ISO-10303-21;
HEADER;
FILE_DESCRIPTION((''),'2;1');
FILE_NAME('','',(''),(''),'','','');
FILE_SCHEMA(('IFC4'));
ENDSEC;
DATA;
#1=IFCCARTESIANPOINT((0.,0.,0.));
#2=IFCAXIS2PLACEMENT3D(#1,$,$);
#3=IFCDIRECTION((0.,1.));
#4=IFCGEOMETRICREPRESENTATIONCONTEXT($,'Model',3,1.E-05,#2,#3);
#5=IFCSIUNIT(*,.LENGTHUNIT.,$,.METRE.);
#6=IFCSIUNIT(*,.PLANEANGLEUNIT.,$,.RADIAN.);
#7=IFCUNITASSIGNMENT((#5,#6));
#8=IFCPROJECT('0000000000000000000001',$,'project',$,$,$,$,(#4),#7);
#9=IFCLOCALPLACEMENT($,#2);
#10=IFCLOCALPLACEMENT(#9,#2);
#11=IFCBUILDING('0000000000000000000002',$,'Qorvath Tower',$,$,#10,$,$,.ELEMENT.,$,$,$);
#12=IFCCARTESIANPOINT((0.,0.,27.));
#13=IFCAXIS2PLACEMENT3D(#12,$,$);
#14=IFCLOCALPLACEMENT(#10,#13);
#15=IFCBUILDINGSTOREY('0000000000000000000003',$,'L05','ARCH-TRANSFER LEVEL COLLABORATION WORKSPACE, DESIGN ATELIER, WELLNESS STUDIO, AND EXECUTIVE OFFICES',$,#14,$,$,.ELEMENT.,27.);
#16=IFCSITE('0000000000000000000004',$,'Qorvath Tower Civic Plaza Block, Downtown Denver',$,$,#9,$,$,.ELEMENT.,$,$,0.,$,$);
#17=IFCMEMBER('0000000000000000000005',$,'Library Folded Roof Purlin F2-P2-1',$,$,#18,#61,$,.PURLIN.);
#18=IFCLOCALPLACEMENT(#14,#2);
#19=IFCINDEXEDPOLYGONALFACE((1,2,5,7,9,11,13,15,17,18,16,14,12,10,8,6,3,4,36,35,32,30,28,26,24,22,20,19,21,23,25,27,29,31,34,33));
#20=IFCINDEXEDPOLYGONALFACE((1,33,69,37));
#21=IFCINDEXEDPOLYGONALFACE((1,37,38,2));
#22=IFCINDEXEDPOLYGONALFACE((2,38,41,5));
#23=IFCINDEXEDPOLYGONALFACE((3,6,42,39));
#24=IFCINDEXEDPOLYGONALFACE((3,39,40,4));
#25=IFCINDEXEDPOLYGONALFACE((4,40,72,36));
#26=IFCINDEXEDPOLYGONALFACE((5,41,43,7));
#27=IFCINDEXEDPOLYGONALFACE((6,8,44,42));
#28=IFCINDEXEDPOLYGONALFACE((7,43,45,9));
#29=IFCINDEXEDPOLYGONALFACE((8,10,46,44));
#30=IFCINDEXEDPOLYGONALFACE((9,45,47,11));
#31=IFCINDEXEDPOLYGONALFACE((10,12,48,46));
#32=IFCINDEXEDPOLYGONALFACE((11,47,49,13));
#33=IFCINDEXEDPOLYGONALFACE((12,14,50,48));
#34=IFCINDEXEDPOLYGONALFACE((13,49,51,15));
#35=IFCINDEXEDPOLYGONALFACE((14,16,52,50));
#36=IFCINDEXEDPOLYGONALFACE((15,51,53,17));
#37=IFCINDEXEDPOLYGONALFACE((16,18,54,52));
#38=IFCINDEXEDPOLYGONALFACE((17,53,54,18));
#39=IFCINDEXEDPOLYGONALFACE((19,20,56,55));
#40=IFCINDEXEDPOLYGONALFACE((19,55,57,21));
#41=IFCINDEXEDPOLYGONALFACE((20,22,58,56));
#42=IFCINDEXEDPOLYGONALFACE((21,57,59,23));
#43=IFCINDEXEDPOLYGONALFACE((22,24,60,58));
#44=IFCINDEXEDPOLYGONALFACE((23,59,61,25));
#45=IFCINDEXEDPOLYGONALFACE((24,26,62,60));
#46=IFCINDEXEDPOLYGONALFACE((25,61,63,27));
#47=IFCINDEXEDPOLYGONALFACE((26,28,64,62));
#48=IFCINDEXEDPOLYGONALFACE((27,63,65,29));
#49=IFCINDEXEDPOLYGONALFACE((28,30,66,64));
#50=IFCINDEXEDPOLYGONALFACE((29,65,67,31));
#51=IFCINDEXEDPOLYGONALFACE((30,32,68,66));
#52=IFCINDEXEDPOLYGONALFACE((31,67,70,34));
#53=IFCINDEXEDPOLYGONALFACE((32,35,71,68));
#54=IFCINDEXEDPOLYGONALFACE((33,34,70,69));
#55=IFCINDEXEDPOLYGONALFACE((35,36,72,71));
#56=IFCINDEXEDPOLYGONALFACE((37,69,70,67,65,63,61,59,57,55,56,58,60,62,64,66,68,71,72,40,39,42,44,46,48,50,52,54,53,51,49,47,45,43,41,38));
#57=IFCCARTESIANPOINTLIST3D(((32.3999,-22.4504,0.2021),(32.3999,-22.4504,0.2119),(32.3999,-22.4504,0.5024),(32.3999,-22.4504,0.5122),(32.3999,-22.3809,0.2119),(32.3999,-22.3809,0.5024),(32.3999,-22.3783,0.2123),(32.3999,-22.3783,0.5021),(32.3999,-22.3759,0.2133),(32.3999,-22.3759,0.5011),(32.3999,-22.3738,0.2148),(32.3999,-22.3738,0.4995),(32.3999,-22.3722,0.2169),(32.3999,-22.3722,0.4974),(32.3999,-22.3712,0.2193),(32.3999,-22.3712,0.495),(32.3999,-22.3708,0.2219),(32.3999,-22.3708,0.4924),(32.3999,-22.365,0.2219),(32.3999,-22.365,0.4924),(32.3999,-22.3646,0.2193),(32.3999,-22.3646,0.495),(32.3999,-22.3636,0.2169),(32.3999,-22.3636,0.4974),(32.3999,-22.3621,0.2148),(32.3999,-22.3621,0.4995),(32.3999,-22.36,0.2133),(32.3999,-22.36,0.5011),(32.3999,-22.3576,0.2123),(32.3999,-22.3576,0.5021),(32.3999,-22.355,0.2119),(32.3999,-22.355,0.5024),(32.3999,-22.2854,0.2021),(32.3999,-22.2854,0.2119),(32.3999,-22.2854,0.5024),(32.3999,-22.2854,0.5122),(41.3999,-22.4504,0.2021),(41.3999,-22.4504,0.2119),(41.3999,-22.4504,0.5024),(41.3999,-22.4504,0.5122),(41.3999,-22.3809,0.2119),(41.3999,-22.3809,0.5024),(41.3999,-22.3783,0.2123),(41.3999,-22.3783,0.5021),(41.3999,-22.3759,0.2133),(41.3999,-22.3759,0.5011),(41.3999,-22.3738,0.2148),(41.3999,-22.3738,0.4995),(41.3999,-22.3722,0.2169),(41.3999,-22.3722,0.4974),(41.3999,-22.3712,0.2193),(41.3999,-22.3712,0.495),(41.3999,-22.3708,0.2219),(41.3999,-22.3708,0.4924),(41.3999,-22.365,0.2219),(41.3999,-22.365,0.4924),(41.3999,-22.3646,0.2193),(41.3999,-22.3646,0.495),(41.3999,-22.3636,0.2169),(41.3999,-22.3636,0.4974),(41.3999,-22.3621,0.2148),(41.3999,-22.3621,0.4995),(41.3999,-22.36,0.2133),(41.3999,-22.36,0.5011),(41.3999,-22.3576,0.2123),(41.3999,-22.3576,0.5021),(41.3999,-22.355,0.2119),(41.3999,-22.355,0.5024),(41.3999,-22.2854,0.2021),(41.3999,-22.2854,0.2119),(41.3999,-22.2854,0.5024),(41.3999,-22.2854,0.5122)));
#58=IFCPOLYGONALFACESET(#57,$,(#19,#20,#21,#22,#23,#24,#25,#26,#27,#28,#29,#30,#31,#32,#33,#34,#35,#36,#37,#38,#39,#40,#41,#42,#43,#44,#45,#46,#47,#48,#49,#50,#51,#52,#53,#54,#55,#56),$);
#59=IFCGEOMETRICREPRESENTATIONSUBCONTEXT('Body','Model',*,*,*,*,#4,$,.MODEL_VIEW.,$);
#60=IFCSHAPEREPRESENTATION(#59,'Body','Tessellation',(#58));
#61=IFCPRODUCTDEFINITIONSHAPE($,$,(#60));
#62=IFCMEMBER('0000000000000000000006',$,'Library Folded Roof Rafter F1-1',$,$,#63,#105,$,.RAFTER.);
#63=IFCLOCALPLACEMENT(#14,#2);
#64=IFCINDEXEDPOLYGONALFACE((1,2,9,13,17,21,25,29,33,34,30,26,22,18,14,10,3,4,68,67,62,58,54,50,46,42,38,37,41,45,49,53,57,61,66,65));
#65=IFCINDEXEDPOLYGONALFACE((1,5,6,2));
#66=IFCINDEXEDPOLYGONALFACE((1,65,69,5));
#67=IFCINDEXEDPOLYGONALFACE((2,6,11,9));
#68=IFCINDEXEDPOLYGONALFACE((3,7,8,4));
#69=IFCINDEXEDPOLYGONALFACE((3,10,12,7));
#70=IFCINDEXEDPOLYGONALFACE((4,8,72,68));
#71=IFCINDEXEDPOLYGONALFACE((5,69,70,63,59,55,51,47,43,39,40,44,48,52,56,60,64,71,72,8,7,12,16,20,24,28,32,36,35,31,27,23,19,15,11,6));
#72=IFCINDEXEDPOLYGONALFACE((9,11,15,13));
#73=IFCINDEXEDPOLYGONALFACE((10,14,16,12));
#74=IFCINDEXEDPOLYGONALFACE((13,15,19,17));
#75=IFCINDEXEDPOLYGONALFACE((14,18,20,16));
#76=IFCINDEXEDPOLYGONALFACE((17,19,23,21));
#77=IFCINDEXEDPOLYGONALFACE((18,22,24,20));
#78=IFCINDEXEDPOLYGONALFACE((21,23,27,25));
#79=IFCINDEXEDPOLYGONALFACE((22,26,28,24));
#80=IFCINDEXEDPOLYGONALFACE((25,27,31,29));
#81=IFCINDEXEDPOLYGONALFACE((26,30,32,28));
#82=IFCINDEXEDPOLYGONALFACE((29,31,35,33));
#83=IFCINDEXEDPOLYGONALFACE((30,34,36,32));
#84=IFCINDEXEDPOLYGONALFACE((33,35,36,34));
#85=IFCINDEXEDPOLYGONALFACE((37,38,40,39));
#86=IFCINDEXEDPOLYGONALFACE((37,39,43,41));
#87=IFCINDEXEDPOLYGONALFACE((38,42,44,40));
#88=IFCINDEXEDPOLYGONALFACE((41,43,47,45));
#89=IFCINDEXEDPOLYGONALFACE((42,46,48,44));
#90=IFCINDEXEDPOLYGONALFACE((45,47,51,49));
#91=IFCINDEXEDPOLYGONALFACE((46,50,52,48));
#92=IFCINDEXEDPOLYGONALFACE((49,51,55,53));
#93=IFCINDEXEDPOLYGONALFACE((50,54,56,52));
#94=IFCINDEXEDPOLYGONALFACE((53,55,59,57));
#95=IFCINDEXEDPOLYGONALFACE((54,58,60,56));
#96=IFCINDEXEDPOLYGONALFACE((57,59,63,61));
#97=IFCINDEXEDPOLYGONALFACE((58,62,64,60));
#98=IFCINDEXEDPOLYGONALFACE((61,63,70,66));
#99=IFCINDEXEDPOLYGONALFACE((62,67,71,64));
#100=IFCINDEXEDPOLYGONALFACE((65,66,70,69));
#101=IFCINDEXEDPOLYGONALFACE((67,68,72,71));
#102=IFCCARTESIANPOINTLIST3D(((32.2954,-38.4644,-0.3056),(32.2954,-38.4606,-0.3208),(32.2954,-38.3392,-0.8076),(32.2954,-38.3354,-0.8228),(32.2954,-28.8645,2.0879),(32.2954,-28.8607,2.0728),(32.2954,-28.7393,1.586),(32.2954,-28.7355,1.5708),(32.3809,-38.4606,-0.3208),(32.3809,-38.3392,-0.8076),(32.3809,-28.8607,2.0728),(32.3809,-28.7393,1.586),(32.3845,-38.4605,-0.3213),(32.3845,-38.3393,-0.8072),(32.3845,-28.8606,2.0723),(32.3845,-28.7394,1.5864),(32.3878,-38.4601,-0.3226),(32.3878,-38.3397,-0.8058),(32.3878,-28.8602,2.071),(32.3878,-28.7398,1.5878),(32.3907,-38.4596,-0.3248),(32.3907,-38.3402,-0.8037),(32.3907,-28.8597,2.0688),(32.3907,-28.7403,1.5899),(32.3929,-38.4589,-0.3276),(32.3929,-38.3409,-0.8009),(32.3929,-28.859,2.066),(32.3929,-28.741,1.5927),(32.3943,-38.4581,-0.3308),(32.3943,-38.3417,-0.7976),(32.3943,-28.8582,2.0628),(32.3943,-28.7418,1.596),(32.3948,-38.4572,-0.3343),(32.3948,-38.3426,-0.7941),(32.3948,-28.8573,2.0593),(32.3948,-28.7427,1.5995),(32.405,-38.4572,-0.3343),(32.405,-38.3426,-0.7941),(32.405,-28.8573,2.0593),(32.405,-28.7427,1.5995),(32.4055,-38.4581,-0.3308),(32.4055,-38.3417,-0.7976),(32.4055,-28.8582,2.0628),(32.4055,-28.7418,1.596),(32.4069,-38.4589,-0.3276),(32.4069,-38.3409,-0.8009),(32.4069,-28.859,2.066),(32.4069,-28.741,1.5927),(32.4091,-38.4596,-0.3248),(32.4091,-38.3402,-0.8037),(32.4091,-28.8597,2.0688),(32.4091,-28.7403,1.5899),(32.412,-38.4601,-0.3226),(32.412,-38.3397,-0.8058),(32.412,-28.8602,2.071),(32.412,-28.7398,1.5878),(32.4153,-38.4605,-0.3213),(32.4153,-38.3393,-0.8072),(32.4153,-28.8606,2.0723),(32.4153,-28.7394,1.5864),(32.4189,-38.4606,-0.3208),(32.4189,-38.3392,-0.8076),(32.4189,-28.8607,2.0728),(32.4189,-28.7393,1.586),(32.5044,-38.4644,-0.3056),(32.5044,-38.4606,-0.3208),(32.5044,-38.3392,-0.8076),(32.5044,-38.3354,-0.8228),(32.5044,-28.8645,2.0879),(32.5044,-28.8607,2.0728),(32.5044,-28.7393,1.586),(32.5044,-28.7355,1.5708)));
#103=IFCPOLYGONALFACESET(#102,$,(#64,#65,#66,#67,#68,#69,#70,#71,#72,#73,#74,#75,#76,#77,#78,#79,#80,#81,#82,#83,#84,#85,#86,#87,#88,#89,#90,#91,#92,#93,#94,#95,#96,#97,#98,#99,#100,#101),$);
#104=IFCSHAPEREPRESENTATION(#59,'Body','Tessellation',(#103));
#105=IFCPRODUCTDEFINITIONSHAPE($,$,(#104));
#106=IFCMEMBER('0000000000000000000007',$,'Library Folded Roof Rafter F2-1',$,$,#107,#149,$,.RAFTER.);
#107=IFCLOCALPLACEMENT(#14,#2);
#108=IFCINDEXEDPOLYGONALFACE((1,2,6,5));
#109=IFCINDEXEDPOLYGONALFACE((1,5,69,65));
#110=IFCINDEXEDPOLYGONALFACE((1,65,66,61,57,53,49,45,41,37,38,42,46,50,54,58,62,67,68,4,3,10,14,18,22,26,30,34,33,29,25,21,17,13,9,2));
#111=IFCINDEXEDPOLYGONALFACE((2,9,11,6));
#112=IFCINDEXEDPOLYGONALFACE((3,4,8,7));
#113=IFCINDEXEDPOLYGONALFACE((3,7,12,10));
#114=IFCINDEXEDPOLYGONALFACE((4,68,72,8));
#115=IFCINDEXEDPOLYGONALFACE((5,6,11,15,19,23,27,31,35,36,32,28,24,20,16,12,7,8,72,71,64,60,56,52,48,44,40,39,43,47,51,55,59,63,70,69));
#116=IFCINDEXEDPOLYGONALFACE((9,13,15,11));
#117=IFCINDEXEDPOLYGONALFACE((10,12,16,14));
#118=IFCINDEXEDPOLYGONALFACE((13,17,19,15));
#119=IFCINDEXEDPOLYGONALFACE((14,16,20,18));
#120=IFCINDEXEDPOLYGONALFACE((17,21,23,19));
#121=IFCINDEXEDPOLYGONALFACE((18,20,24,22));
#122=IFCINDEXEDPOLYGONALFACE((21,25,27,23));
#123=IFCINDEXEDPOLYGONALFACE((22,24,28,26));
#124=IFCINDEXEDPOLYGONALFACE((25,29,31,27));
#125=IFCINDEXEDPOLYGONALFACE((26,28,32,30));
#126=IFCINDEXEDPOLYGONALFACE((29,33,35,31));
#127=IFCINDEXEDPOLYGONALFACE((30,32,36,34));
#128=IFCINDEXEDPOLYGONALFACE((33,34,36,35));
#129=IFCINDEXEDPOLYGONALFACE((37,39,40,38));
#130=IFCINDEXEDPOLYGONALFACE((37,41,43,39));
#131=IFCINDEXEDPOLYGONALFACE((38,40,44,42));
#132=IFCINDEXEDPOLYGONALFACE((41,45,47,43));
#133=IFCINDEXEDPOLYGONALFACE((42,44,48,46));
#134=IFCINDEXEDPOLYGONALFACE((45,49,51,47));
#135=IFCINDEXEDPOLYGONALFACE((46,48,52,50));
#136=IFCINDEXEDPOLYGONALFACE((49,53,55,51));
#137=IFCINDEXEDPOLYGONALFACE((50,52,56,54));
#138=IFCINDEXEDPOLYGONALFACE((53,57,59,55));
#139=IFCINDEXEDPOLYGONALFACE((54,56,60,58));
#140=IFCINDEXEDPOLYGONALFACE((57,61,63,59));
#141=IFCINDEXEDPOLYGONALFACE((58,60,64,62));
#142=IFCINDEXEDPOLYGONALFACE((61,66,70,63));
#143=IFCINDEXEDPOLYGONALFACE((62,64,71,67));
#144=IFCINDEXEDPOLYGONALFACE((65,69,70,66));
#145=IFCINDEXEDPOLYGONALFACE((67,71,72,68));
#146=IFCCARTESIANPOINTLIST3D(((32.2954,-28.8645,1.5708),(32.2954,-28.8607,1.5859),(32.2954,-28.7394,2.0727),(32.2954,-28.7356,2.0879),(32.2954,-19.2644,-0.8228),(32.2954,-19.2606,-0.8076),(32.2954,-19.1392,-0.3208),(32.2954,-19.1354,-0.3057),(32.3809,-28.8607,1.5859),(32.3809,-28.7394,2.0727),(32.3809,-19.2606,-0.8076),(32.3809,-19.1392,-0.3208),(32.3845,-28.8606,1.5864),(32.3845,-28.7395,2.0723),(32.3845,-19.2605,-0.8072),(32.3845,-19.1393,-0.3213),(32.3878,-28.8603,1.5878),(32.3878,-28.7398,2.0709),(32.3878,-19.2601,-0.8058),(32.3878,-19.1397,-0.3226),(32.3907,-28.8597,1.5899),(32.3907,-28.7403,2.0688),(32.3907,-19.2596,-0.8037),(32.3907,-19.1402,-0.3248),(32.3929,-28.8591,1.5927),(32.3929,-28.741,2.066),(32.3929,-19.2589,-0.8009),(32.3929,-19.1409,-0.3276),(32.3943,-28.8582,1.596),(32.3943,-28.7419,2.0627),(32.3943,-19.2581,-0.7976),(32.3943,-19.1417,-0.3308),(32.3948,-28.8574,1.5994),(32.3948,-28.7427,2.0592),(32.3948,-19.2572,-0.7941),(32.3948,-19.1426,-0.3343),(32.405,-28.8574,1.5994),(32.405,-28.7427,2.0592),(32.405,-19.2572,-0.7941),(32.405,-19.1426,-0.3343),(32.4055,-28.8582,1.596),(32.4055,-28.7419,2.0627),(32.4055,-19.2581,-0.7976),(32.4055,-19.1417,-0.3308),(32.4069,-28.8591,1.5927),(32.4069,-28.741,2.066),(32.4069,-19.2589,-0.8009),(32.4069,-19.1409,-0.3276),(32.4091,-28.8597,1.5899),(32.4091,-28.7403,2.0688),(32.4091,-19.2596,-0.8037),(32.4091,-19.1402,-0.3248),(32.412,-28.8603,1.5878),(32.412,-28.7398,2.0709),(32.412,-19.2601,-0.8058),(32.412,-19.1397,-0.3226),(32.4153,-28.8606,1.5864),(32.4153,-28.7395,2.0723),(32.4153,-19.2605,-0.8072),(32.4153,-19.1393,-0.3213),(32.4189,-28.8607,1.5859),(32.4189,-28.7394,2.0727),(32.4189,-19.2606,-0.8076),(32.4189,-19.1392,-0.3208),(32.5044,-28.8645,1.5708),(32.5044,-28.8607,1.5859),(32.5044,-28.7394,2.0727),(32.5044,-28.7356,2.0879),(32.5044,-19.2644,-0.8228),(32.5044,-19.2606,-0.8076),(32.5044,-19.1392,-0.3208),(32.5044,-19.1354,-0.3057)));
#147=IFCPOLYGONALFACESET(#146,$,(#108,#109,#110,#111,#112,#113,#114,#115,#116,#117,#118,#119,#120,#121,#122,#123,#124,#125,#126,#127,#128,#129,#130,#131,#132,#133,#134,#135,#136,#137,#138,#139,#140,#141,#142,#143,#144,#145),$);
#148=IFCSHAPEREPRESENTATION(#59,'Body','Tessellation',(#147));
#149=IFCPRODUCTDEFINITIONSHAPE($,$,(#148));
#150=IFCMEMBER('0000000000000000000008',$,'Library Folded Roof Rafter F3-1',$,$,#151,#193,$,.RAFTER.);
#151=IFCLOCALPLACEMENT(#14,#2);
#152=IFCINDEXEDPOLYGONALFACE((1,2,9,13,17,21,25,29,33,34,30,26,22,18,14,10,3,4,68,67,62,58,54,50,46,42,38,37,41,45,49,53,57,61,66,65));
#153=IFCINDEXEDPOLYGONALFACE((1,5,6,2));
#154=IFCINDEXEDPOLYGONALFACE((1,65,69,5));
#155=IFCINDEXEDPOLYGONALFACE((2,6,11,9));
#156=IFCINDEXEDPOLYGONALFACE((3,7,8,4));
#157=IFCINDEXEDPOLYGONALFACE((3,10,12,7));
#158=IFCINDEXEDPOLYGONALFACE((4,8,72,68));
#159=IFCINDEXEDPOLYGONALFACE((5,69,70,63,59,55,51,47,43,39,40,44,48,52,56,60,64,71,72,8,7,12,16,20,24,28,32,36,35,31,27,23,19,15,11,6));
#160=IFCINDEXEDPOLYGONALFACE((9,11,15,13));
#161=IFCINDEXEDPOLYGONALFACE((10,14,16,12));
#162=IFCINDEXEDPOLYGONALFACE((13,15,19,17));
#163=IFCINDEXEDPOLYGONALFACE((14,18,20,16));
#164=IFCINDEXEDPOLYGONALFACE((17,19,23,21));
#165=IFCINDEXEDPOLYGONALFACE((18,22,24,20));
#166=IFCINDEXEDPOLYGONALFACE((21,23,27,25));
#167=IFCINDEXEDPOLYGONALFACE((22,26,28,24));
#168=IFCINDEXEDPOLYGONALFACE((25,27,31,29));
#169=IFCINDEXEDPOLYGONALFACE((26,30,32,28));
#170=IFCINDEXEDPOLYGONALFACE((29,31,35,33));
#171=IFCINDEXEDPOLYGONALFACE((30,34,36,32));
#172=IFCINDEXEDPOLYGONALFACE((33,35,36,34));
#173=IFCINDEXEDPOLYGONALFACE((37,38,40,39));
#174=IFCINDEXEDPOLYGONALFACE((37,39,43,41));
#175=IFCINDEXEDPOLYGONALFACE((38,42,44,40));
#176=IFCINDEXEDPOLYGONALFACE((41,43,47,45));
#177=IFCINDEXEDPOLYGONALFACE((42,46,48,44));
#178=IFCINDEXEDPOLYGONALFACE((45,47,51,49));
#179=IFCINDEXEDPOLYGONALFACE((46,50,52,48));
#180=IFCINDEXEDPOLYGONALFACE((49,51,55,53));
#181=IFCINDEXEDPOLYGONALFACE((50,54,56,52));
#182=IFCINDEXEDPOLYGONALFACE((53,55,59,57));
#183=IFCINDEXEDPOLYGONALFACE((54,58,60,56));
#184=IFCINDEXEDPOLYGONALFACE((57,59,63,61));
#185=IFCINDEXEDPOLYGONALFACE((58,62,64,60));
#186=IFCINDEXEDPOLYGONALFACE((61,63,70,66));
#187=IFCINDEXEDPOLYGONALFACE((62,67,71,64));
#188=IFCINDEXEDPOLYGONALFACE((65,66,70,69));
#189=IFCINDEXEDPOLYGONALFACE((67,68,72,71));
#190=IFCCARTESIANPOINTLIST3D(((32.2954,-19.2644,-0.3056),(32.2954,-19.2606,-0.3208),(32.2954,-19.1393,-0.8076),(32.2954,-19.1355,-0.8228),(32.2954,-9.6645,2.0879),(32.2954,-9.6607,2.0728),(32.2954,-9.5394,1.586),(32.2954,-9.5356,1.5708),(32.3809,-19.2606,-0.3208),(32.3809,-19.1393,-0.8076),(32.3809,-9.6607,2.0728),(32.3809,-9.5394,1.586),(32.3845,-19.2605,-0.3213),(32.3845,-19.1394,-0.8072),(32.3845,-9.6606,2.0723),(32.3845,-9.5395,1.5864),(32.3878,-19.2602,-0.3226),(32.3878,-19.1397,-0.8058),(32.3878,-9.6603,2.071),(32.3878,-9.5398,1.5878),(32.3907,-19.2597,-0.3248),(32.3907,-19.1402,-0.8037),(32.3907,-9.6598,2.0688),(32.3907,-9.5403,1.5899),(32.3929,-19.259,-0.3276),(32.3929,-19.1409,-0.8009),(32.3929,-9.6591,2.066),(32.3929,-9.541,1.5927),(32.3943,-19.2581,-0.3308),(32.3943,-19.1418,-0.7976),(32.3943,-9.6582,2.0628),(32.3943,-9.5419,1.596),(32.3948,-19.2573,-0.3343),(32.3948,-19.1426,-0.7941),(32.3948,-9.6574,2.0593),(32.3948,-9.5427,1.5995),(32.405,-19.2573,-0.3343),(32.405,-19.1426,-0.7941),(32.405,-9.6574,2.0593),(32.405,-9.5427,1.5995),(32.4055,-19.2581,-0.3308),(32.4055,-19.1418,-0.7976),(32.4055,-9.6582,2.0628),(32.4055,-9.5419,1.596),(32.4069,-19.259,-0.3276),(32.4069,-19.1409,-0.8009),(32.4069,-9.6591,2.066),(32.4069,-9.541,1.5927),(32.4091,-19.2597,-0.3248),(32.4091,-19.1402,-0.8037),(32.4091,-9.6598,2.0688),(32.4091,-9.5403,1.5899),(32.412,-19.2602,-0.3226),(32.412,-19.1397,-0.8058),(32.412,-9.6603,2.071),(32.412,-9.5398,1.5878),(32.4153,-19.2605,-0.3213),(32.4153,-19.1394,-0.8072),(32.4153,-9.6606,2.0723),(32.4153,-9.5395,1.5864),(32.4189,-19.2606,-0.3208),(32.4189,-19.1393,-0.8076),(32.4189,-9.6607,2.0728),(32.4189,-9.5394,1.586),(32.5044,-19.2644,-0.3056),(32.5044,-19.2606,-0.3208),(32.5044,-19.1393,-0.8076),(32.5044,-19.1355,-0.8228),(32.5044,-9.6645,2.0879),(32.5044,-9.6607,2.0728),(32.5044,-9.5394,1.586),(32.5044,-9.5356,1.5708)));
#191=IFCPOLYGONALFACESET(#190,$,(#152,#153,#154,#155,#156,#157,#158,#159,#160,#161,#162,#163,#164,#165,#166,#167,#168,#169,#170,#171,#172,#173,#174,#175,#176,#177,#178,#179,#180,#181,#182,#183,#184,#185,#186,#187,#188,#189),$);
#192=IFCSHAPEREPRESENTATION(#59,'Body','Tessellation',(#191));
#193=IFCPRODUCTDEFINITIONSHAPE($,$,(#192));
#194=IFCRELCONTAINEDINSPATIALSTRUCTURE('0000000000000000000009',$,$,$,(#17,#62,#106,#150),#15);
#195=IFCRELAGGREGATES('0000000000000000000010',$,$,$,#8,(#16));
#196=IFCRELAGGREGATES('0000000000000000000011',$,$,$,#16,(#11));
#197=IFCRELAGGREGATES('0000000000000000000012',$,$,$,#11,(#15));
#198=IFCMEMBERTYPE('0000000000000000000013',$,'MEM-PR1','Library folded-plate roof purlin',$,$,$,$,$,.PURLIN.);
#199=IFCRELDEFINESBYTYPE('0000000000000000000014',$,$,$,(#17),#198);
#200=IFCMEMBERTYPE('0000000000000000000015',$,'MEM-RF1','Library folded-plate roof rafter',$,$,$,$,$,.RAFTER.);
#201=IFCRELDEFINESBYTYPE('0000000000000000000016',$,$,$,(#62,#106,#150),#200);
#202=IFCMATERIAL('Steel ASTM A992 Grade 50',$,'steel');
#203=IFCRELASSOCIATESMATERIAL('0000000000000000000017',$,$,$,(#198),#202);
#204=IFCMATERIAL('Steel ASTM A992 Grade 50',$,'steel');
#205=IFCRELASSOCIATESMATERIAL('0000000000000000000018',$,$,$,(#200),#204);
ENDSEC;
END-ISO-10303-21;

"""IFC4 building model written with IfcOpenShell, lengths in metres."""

from ifc_helpers import new_model, si_unit, direction, frame, origin, origin_2d, place, context, subcontext, project, spatial, i_section, extrude, material, material_profile, profile_set, type_object, element, save


model = new_model("IFC4")

# Units and contexts
model_context = context("Model", 3, precision=1e-05, world=origin(), true_north=direction((0.0, 1.0)))
body_context = subcontext(model_context, "Body", "Model", "MODEL_VIEW")
ifc_project = project(units=[si_unit("LENGTHUNIT", "METRE"), si_unit("PLANEANGLEUNIT", "RADIAN")], contexts=[model_context])

# Site, building, storey
site_placement = place(None, origin())
site = spatial("IfcSite", under=ifc_project, at=site_placement, Name="Qorvath Tower Civic Plaza Block, Downtown Denver", CompositionType="ELEMENT", RefElevation=0.0)
building_placement = place(site_placement, origin())
building = spatial("IfcBuilding", under=site, at=building_placement, Name="Qorvath Tower", CompositionType="ELEMENT")
storey_placement = place(building_placement, frame((0.0, 0.0, 27.0)))
storey = spatial("IfcBuildingStorey", under=building, at=storey_placement, Name="L05", Description="ARCH-TRANSFER LEVEL COLLABORATION WORKSPACE, DESIGN ATELIER, WELLNESS STUDIO, AND EXECUTIVE OFFICES", CompositionType="ELEMENT", Elevation=27.0)

# Members
ifc_material_1 = material(Name="Steel ASTM A992 Grade 50", Category="steel")
ifc_material_profile_1 = material_profile(ifc_material_1, i_section(OverallWidth=0.165, OverallDepth=0.3101, WebThickness=0.0059, FlangeThickness=0.0098, FilletRadius=0.01, at=origin_2d()), Name="W12x26")
ifc_profile_set_1 = profile_set([ifc_material_profile_1], Name="Steel ASTM A992 Grade 50")
member_type_1 = type_object("IfcMemberType", Name="MEM-PR1", Description="Library folded-plate roof purlin", PredefinedType="PURLIN", material=ifc_profile_set_1)
for number, where, z_axis, x_axis, name in (
    (1, (32.3999, -22.3679, 0.3572), (1.0, 0.0, 0.0), (0.0, 1.0, 0.0), "Library Folded Roof Purlin F2-P2-1"),
):
    element("IfcMember", number, at=place(storey_placement, frame(where, z_axis=z_axis, x_axis=x_axis)), inside=storey, type_object=member_type_1, Name=name, PredefinedType="PURLIN", context=body_context, shape_type="SweptSolid", body=[
        extrude(i_section(OverallWidth=0.165, OverallDepth=0.3101, WebThickness=0.0059, FlangeThickness=0.0098, FilletRadius=0.01, at=origin_2d()), origin(), (0.0, 0.0, 1.0), 9.0),
    ])
ifc_material_2 = material(Name="Steel ASTM A992 Grade 50", Category="steel")
ifc_material_profile_2 = material_profile(ifc_material_2, i_section(OverallWidth=0.209, OverallDepth=0.533, WebThickness=0.0103, FlangeThickness=0.0156, FilletRadius=0.0139, at=origin_2d()), Name="W21x62")
ifc_profile_set_2 = profile_set([ifc_material_profile_2], Name="Steel ASTM A992 Grade 50")
member_type_2 = type_object("IfcMemberType", Name="MEM-RF1", Description="Library folded-plate roof rafter", PredefinedType="RAFTER", material=ifc_profile_set_2)
member_1_placement = place(storey_placement, frame((32.3999, -38.3999, -0.5642), z_axis=(0.0, 0.970295, 0.241926), x_axis=(-1.0, 0.0, 0.0)))
element("IfcMember", 2, at=member_1_placement, inside=storey, type_object=member_type_2, Name="Library Folded Roof Rafter F1-1", PredefinedType="RAFTER", context=body_context, shape_type="SweptSolid", body=[
    extrude(i_section(OverallWidth=0.209, OverallDepth=0.533, WebThickness=0.0103, FlangeThickness=0.0156, FilletRadius=0.0139, at=origin_2d()), origin(), (0.0, 0.0, 1.0), 9.8938),
])
member_2_placement = place(storey_placement, frame((32.3999, -28.8, 1.8293), z_axis=(0.0, 0.970296, -0.24192), x_axis=(-1.0, 0.0, 0.0)))
element("IfcMember", 3, at=member_2_placement, inside=storey, type_object=member_type_2, Name="Library Folded Roof Rafter F2-1", PredefinedType="RAFTER", context=body_context, shape_type="SweptSolid", body=[
    extrude(i_section(OverallWidth=0.209, OverallDepth=0.533, WebThickness=0.0103, FlangeThickness=0.0156, FilletRadius=0.0139, at=origin_2d()), origin(), (0.0, 0.0, 1.0), 9.894),
])
member_3_placement = place(storey_placement, frame((32.3999, -19.2, -0.5642), z_axis=(0.0, 0.970295, 0.241926), x_axis=(-1.0, 0.0, 0.0)))
element("IfcMember", 4, at=member_3_placement, inside=storey, type_object=member_type_2, Name="Library Folded Roof Rafter F3-1", PredefinedType="RAFTER", context=body_context, shape_type="SweptSolid", body=[
    extrude(i_section(OverallWidth=0.209, OverallDepth=0.533, WebThickness=0.0103, FlangeThickness=0.0156, FilletRadius=0.0139, at=origin_2d()), origin(), (0.0, 0.0, 1.0), 9.8938),
])

save(model, "model.ifc")
